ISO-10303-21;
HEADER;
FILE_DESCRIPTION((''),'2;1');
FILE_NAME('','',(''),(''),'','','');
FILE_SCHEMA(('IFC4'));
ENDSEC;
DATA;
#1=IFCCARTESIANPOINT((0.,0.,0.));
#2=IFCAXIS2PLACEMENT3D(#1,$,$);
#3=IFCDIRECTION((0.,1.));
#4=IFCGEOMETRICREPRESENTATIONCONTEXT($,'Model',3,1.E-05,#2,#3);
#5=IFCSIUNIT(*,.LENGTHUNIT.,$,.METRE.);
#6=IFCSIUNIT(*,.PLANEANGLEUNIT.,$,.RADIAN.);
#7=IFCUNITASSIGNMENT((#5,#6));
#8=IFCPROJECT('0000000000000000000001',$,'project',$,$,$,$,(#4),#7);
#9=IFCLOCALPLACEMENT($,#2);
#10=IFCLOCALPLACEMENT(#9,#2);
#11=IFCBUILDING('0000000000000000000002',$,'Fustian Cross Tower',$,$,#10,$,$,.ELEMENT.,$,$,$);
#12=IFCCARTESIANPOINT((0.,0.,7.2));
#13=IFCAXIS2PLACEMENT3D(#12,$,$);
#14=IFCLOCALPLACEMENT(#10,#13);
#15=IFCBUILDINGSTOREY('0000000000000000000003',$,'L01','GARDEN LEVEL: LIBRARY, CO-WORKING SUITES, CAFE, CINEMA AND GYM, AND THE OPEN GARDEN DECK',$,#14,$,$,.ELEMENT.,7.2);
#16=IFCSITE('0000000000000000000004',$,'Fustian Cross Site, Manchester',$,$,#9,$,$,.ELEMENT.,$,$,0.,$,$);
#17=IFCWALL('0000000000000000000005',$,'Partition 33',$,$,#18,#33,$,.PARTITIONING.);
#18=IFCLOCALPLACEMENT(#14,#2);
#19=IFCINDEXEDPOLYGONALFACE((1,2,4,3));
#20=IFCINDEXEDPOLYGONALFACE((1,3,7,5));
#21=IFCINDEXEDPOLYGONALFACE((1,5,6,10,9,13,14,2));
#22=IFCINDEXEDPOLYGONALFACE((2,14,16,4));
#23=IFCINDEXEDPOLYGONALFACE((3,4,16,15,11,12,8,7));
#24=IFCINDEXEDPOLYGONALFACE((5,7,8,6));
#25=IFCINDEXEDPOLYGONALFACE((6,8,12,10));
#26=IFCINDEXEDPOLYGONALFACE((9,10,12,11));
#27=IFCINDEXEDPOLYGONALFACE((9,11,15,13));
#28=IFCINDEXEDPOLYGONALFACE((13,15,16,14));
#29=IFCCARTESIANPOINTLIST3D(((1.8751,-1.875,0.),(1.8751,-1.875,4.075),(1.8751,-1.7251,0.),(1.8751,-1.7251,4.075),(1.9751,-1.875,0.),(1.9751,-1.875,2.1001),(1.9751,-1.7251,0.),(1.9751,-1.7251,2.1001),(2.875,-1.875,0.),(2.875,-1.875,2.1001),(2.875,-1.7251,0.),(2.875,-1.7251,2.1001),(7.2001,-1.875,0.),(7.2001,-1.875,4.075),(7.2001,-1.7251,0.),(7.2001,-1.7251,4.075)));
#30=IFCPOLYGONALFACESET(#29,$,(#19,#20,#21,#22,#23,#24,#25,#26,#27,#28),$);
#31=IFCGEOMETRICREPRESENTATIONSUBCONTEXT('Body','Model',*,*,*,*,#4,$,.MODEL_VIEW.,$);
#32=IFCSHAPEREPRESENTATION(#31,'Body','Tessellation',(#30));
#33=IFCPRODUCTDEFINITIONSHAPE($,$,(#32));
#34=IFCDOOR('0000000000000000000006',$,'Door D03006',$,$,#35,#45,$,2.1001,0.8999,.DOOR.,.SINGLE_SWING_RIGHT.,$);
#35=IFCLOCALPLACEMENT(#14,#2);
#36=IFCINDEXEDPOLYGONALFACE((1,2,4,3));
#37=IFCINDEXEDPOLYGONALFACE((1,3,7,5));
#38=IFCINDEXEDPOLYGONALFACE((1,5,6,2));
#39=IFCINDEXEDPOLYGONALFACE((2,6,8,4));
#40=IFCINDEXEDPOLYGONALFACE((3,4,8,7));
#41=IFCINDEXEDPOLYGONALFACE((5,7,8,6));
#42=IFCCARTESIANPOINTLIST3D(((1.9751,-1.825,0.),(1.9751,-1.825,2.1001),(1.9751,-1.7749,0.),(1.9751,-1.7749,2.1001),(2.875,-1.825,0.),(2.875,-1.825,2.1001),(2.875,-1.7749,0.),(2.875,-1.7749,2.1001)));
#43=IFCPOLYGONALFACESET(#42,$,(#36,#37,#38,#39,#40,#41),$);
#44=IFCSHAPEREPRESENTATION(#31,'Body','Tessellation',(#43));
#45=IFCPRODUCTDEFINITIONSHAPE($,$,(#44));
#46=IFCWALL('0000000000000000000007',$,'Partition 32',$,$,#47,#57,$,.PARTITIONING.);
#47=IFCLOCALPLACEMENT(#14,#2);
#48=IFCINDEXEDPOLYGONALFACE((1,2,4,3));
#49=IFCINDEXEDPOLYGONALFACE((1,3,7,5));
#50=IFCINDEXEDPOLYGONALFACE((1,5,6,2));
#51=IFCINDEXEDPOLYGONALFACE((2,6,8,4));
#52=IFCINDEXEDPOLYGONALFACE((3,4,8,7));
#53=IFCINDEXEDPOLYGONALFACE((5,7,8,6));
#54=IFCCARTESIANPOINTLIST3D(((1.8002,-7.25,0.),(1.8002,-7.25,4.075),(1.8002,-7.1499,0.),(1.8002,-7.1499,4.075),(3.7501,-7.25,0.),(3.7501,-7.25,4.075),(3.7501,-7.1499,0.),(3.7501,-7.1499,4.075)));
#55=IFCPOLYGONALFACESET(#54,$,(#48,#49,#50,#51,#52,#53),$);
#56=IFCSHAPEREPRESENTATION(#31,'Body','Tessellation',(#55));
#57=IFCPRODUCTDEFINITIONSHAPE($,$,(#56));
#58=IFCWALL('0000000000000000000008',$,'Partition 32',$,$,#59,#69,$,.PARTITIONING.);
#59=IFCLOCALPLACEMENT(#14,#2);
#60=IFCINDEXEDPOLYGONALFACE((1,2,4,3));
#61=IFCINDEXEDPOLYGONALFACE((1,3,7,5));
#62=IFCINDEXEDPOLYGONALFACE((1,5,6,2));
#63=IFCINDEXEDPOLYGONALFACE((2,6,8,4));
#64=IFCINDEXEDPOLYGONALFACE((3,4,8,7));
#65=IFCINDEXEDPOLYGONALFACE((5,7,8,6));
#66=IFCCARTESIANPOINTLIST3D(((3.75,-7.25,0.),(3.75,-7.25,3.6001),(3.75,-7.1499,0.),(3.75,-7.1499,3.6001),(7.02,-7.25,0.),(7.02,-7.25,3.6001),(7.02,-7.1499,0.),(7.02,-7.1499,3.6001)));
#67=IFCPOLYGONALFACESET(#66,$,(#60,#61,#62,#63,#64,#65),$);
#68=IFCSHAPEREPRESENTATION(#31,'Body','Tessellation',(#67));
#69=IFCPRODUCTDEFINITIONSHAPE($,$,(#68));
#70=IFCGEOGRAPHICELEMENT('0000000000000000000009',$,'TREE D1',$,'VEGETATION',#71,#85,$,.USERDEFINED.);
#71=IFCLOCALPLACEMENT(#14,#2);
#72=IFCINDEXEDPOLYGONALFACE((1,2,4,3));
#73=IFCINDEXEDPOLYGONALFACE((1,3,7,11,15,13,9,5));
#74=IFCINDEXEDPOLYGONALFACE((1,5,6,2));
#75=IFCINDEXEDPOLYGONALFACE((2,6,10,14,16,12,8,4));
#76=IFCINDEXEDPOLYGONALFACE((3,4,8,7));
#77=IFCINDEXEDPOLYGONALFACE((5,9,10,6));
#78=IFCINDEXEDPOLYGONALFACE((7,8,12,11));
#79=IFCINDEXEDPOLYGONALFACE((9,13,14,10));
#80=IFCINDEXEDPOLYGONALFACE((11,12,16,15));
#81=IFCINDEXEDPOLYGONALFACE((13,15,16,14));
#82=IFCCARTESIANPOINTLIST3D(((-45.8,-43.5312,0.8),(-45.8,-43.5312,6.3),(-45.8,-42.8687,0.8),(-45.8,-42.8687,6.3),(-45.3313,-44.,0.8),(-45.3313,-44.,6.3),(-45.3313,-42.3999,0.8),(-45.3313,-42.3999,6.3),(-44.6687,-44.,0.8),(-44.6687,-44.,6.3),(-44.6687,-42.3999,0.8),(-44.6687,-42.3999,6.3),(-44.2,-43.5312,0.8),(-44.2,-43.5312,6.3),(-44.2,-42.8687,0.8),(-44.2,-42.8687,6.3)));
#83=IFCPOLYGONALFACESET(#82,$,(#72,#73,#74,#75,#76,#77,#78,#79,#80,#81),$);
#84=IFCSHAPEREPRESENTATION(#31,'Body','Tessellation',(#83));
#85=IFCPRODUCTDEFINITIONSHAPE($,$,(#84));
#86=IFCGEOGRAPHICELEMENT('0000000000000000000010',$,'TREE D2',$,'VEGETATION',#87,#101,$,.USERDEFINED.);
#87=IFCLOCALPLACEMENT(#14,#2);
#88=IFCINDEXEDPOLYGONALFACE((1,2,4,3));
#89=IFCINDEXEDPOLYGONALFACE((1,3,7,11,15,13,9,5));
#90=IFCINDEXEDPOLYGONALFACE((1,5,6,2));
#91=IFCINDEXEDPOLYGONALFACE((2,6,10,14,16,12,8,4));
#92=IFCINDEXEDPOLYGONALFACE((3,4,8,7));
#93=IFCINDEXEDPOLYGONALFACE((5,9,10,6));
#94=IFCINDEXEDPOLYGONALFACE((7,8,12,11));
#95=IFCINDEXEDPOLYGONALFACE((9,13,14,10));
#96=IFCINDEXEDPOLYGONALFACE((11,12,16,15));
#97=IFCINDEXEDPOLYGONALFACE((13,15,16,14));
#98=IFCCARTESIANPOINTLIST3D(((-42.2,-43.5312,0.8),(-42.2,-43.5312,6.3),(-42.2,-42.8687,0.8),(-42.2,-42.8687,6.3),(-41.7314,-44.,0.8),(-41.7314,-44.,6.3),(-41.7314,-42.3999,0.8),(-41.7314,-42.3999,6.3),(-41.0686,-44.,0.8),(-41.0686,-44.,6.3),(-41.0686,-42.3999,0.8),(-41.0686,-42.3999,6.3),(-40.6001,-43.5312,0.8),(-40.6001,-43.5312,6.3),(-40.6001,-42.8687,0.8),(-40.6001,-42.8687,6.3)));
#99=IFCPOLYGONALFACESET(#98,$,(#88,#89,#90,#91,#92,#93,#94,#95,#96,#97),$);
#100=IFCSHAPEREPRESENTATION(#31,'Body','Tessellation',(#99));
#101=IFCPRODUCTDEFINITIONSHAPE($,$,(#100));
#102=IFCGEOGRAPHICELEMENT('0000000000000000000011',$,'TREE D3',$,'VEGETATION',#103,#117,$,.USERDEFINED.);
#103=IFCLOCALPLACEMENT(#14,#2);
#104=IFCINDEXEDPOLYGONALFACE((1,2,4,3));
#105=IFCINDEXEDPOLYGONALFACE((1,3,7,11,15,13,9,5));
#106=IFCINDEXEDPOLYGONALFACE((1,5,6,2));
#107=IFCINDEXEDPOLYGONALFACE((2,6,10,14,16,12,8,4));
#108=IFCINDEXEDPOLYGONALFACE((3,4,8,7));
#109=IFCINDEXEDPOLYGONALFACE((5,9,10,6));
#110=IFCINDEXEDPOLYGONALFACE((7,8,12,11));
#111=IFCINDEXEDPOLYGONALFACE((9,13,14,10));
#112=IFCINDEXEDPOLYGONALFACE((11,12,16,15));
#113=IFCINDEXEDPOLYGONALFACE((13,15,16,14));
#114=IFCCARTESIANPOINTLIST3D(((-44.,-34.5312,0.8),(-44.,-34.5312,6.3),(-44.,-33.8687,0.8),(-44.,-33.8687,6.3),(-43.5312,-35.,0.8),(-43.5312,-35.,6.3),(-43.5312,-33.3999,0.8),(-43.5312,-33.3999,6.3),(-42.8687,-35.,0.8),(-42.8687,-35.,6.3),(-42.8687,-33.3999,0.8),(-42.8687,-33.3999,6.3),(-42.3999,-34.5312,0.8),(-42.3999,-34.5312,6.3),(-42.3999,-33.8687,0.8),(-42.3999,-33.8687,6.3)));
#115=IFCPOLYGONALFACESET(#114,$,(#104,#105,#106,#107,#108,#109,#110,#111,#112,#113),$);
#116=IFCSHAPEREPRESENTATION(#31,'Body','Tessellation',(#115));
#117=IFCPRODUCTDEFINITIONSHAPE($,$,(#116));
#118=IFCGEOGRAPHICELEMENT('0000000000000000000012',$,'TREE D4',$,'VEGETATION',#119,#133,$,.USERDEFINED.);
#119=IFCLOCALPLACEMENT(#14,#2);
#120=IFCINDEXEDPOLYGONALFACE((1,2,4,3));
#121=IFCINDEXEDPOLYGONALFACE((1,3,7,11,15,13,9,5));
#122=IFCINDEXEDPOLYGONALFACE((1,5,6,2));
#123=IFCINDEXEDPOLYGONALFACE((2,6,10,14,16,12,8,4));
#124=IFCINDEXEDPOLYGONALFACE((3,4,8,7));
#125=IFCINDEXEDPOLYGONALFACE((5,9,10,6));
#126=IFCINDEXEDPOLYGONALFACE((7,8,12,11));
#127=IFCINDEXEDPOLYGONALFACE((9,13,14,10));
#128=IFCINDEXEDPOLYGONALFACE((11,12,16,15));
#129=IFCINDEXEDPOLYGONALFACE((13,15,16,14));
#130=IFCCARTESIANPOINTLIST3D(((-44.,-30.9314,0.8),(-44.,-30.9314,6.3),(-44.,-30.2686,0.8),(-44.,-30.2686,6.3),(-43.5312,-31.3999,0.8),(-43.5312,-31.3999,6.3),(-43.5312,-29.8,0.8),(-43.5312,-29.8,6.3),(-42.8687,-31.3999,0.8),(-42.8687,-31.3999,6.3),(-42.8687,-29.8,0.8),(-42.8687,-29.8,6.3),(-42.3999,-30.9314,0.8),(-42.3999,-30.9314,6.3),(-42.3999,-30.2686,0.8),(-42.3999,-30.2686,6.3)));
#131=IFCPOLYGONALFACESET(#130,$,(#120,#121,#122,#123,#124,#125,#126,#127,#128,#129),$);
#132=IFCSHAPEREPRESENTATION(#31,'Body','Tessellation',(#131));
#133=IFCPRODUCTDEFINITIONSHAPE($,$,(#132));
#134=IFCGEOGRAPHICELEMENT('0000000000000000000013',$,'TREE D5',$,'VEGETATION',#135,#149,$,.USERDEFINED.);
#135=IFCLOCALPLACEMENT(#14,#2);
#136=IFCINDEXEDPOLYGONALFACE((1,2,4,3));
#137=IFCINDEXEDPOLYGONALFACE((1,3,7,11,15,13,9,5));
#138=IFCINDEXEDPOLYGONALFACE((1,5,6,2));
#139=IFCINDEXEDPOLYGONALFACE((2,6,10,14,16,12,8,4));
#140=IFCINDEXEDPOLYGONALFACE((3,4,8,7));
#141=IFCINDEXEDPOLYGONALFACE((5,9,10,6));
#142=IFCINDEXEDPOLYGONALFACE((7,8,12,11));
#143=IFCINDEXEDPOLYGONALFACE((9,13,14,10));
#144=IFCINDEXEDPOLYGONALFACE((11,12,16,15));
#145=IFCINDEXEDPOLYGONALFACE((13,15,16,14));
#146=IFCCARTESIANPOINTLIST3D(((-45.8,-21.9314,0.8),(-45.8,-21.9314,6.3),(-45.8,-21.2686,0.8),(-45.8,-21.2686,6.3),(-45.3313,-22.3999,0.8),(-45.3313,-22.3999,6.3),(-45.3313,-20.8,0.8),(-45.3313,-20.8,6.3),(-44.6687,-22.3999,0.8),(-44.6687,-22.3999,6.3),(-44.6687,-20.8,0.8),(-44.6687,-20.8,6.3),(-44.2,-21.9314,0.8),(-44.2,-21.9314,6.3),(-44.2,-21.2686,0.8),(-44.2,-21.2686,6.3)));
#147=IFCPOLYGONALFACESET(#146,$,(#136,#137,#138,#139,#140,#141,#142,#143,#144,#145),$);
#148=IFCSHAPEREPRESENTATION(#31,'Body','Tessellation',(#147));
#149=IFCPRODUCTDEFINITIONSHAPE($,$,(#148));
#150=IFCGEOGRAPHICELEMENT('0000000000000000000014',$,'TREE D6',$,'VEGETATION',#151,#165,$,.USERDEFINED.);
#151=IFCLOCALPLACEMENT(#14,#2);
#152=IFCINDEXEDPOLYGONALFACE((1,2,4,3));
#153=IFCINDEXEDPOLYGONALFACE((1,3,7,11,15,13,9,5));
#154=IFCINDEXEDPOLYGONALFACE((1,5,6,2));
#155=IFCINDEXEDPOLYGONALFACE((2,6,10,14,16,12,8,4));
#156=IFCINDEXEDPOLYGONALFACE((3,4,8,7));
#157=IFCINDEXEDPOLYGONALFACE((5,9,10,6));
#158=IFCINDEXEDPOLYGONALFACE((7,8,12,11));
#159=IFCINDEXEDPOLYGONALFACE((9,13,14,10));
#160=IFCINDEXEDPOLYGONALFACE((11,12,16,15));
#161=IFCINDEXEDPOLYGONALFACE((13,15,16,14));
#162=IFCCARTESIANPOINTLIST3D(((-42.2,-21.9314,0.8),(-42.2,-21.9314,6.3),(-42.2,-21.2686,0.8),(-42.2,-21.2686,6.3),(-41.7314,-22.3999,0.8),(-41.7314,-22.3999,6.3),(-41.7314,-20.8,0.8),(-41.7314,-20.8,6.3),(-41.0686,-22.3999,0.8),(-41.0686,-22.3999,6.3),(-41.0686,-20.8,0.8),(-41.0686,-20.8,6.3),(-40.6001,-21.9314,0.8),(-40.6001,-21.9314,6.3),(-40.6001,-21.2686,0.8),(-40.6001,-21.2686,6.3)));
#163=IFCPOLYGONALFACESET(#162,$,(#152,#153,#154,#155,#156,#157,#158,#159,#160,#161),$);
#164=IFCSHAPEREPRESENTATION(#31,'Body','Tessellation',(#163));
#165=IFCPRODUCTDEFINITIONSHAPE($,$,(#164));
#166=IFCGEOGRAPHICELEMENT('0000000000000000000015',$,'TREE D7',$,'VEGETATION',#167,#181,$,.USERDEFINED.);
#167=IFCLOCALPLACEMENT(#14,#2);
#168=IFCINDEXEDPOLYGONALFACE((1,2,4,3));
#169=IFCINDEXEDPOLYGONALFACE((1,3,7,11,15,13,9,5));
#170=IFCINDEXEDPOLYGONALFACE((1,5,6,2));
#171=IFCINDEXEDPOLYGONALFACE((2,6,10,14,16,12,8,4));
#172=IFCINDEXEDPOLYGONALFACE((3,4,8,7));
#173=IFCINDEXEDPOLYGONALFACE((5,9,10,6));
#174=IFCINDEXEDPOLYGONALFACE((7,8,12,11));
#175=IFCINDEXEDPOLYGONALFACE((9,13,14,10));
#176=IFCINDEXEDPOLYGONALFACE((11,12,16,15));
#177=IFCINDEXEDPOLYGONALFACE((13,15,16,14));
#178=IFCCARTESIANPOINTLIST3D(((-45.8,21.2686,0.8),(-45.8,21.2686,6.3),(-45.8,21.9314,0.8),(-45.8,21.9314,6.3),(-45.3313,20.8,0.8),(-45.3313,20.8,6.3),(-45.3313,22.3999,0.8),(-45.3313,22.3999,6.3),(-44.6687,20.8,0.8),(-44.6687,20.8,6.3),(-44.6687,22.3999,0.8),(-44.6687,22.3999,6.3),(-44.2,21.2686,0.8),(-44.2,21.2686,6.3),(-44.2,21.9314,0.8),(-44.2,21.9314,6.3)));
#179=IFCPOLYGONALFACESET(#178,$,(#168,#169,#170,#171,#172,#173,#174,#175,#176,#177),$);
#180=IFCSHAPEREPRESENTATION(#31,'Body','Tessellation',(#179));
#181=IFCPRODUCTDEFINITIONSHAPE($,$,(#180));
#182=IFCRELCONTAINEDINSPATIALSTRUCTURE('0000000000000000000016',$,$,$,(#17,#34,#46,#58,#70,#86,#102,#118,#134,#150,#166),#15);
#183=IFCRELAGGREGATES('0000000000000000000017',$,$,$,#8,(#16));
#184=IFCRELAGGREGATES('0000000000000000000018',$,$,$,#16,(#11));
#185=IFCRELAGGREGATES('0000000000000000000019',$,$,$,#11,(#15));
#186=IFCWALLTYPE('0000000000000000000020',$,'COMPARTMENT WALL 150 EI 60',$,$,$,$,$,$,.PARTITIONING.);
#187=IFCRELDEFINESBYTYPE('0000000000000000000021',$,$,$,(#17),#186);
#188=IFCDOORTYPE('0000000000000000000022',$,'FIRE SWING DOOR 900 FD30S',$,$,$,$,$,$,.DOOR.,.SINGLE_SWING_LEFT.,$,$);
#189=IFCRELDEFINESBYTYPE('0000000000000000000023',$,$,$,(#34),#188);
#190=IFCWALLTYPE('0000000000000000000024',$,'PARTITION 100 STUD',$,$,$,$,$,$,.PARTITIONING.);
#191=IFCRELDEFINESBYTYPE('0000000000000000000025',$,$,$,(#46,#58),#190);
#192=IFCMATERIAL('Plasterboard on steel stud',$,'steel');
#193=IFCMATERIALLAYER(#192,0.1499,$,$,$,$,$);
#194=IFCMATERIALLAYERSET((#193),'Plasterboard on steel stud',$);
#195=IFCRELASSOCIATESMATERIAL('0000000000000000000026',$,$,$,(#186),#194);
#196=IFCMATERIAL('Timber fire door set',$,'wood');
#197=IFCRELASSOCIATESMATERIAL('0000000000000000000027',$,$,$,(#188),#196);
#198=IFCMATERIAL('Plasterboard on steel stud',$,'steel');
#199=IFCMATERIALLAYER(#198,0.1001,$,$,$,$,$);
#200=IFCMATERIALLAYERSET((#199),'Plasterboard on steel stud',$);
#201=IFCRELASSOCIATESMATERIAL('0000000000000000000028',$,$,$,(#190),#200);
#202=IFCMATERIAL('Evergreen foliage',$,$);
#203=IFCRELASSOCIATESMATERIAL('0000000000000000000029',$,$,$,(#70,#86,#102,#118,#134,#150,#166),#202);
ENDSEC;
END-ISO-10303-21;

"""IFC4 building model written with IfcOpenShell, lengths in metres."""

from ifc_helpers import new_model, si_unit, direction, frame, frame_2d, origin, place, context, subcontext, project, spatial, polyline, rectangle, outline, extrude, material, layer, layer_set, type_object, element, fill, save


model = new_model("IFC4")

# Units and contexts
model_context = context("Model", 3, precision=1e-05, world=origin(), true_north=direction((0.0, 1.0)))
body_context = subcontext(model_context, "Body", "Model", "MODEL_VIEW")
ifc_project = project(units=[si_unit("LENGTHUNIT", "METRE"), si_unit("PLANEANGLEUNIT", "RADIAN")], contexts=[model_context])

# Site, building, storey
site_placement = place(None, origin())
site = spatial("IfcSite", under=ifc_project, at=site_placement, Name="Fustian Cross Site, Manchester", CompositionType="ELEMENT", RefElevation=0.0)
building_placement = place(site_placement, origin())
building = spatial("IfcBuilding", under=site, at=building_placement, Name="Fustian Cross Tower", CompositionType="ELEMENT")
storey_placement = place(building_placement, frame((0.0, 0.0, 7.2)))
storey = spatial("IfcBuildingStorey", under=building, at=storey_placement, Name="L01", Description="GARDEN LEVEL: LIBRARY, CO-WORKING SUITES, CAFE, CINEMA AND GYM, AND THE OPEN GARDEN DECK", CompositionType="ELEMENT", Elevation=7.2)

# Shared definitions
ifc_material_1 = material(Name="Plasterboard on steel stud", Category="steel")
ifc_layer_1 = layer(ifc_material_1, 0.1499)
ifc_layer_set_1 = layer_set([ifc_layer_1], Name="Plasterboard on steel stud")
wall_type_1 = type_object("IfcWallType", Name="COMPARTMENT WALL 150 EI 60", PredefinedType="PARTITIONING", material=ifc_layer_set_1)

# Wall, opening, door
wall_1_placement = place(storey_placement, frame((1.875, -1.8, 0.0), z_axis=(0.0, 0.0, 1.0), x_axis=(1.0, 0.0, 0.0)))
wall_1 = element("IfcWall", 1, at=wall_1_placement, inside=storey, type_object=wall_type_1, Name="Partition 33", PredefinedType="PARTITIONING", context=body_context, shape_type="SweptSolid", body=[
    extrude(rectangle(XDim=5.325, YDim=0.1499, at=frame_2d((2.6626, 0.0))), origin(), (0.0, 0.0, 1.0), 4.075),
])
opening_placement = place(wall_1_placement, frame((0.1001, 0.0, 0.0)))
opening = element("IfcOpeningElement", 2, at=opening_placement, cuts=wall_1, PredefinedType="OPENING", context=body_context, shape_type="SweptSolid", body=[
    extrude(rectangle(XDim=0.8999, YDim=2.1001, at=frame_2d((0.45, 1.05))), frame((0.0, 0.085, 0.0), z_axis=(0.0, -1.0, 0.0), x_axis=(1.0, 0.0, 0.0)), (0.0, 0.0, 1.0), 0.1699),
])
ifc_material_2 = material(Name="Timber fire door set", Category="wood")
door_type = type_object("IfcDoorType", Name="FIRE SWING DOOR 900 FD30S", OperationType="SINGLE_SWING_LEFT", PredefinedType="DOOR", material=ifc_material_2)
door_placement = place(opening_placement, frame((0.8999, 0.0, 0.0), z_axis=(0.0, 0.0, 1.0), x_axis=(-1.0, 0.0, 0.0)))
door = element("IfcDoor", 3, at=door_placement, inside=storey, type_object=door_type, Name="Door D03006", OperationType="SINGLE_SWING_RIGHT", OverallHeight=2.1001, OverallWidth=0.8999, PredefinedType="DOOR", context=body_context, shape_type="SweptSolid", body=[
    extrude(rectangle(XDim=0.8999, YDim=2.1001, at=frame_2d((0.45, 1.05))), frame((0.0, 0.0249, 0.0), z_axis=(0.0, -1.0, 0.0), x_axis=(1.0, 0.0, 0.0)), (0.0, 0.0, 1.0), 0.05),
])
fill(opening, door)

# Walls
ifc_material_3 = material(Name="Plasterboard on steel stud", Category="steel")
ifc_layer_2 = layer(ifc_material_3, 0.1001)
ifc_layer_set_2 = layer_set([ifc_layer_2], Name="Plasterboard on steel stud")
wall_type_2 = type_object("IfcWallType", Name="PARTITION 100 STUD", PredefinedType="PARTITIONING", material=ifc_layer_set_2)
wall_2_placement = place(storey_placement, frame((1.8, -7.2, 0.0), z_axis=(0.0, 0.0, 1.0), x_axis=(1.0, 0.0, 0.0)))
element("IfcWall", 4, at=wall_2_placement, inside=storey, type_object=wall_type_2, Name="Partition 32", PredefinedType="PARTITIONING", context=body_context, shape_type="SweptSolid", body=[
    extrude(rectangle(XDim=1.95, YDim=0.1001, at=frame_2d((0.9751, 0.0))), origin(), (0.0, 0.0, 1.0), 4.075),
])
wall_3_placement = place(storey_placement, frame((3.75, -7.2, 0.0), z_axis=(0.0, 0.0, 1.0), x_axis=(1.0, 0.0, 0.0)))
element("IfcWall", 5, at=wall_3_placement, inside=storey, type_object=wall_type_2, Name="Partition 32", PredefinedType="PARTITIONING", context=body_context, shape_type="SweptSolid", body=[
    extrude(rectangle(XDim=3.27, YDim=0.1001, at=frame_2d((1.635, 0.0))), origin(), (0.0, 0.0, 1.0), 3.6001),
])

# Geographic elements
ifc_material_4 = material(Name="Evergreen foliage")
geographic_element_1_placement = place(storey_placement, frame((0.0, 0.0, 0.8)))
element("IfcGeographicElement", 6, at=geographic_element_1_placement, inside=storey, material=ifc_material_4, Name="TREE D1", ObjectType="VEGETATION", PredefinedType="USERDEFINED", context=body_context, shape_type="SweptSolid", body=[
    extrude(outline(polyline([(-44.2, -42.8687), (-44.6687, -42.3999), (-45.3313, -42.3999), (-45.8, -42.8687), (-45.8, -43.5312), (-45.3313, -44.0), (-44.6687, -44.0), (-44.2, -43.5312), (-44.2, -42.8687)])), origin(), (0.0, 0.0, 1.0), 5.5),
])
geographic_element_2_placement = place(storey_placement, frame((0.0, 0.0, 0.8)))
element("IfcGeographicElement", 7, at=geographic_element_2_placement, inside=storey, material=ifc_material_4, Name="TREE D2", ObjectType="VEGETATION", PredefinedType="USERDEFINED", context=body_context, shape_type="SweptSolid", body=[
    extrude(outline(polyline([(-40.6001, -42.8687), (-41.0686, -42.3999), (-41.7314, -42.3999), (-42.2, -42.8687), (-42.2, -43.5312), (-41.7314, -44.0), (-41.0686, -44.0), (-40.6001, -43.5312), (-40.6001, -42.8687)])), origin(), (0.0, 0.0, 1.0), 5.5),
])
geographic_element_3_placement = place(storey_placement, frame((0.0, 0.0, 0.8)))
element("IfcGeographicElement", 8, at=geographic_element_3_placement, inside=storey, material=ifc_material_4, Name="TREE D3", ObjectType="VEGETATION", PredefinedType="USERDEFINED", context=body_context, shape_type="SweptSolid", body=[
    extrude(outline(polyline([(-42.3999, -33.8687), (-42.8687, -33.3999), (-43.5312, -33.3999), (-44.0, -33.8687), (-44.0, -34.5312), (-43.5312, -35.0), (-42.8687, -35.0), (-42.3999, -34.5312), (-42.3999, -33.8687)])), origin(), (0.0, 0.0, 1.0), 5.5),
])
geographic_element_4_placement = place(storey_placement, frame((0.0, 0.0, 0.8)))
element("IfcGeographicElement", 9, at=geographic_element_4_placement, inside=storey, material=ifc_material_4, Name="TREE D4", ObjectType="VEGETATION", PredefinedType="USERDEFINED", context=body_context, shape_type="SweptSolid", body=[
    extrude(outline(polyline([(-42.3999, -30.2686), (-42.8687, -29.8), (-43.5312, -29.8), (-44.0, -30.2686), (-44.0, -30.9314), (-43.5312, -31.3999), (-42.8687, -31.3999), (-42.3999, -30.9314), (-42.3999, -30.2686)])), origin(), (0.0, 0.0, 1.0), 5.5),
])
geographic_element_5_placement = place(storey_placement, frame((0.0, 0.0, 0.8)))
element("IfcGeographicElement", 10, at=geographic_element_5_placement, inside=storey, material=ifc_material_4, Name="TREE D5", ObjectType="VEGETATION", PredefinedType="USERDEFINED", context=body_context, shape_type="SweptSolid", body=[
    extrude(outline(polyline([(-44.2, -21.2686), (-44.6687, -20.8), (-45.3313, -20.8), (-45.8, -21.2686), (-45.8, -21.9314), (-45.3313, -22.3999), (-44.6687, -22.3999), (-44.2, -21.9314), (-44.2, -21.2686)])), origin(), (0.0, 0.0, 1.0), 5.5),
])
geographic_element_6_placement = place(storey_placement, frame((0.0, 0.0, 0.8)))
element("IfcGeographicElement", 11, at=geographic_element_6_placement, inside=storey, material=ifc_material_4, Name="TREE D6", ObjectType="VEGETATION", PredefinedType="USERDEFINED", context=body_context, shape_type="SweptSolid", body=[
    extrude(outline(polyline([(-40.6001, -21.2686), (-41.0686, -20.8), (-41.7314, -20.8), (-42.2, -21.2686), (-42.2, -21.9314), (-41.7314, -22.3999), (-41.0686, -22.3999), (-40.6001, -21.9314), (-40.6001, -21.2686)])), origin(), (0.0, 0.0, 1.0), 5.5),
])
geographic_element_7_placement = place(storey_placement, frame((0.0, 0.0, 0.8)))
element("IfcGeographicElement", 12, at=geographic_element_7_placement, inside=storey, material=ifc_material_4, Name="TREE D7", ObjectType="VEGETATION", PredefinedType="USERDEFINED", context=body_context, shape_type="SweptSolid", body=[
    extrude(outline(polyline([(-44.2, 21.9314), (-44.6687, 22.3999), (-45.3313, 22.3999), (-45.8, 21.9314), (-45.8, 21.2686), (-45.3313, 20.8), (-44.6687, 20.8), (-44.2, 21.2686), (-44.2, 21.9314)])), origin(), (0.0, 0.0, 1.0), 5.5),
])

save(model, "model.ifc")
